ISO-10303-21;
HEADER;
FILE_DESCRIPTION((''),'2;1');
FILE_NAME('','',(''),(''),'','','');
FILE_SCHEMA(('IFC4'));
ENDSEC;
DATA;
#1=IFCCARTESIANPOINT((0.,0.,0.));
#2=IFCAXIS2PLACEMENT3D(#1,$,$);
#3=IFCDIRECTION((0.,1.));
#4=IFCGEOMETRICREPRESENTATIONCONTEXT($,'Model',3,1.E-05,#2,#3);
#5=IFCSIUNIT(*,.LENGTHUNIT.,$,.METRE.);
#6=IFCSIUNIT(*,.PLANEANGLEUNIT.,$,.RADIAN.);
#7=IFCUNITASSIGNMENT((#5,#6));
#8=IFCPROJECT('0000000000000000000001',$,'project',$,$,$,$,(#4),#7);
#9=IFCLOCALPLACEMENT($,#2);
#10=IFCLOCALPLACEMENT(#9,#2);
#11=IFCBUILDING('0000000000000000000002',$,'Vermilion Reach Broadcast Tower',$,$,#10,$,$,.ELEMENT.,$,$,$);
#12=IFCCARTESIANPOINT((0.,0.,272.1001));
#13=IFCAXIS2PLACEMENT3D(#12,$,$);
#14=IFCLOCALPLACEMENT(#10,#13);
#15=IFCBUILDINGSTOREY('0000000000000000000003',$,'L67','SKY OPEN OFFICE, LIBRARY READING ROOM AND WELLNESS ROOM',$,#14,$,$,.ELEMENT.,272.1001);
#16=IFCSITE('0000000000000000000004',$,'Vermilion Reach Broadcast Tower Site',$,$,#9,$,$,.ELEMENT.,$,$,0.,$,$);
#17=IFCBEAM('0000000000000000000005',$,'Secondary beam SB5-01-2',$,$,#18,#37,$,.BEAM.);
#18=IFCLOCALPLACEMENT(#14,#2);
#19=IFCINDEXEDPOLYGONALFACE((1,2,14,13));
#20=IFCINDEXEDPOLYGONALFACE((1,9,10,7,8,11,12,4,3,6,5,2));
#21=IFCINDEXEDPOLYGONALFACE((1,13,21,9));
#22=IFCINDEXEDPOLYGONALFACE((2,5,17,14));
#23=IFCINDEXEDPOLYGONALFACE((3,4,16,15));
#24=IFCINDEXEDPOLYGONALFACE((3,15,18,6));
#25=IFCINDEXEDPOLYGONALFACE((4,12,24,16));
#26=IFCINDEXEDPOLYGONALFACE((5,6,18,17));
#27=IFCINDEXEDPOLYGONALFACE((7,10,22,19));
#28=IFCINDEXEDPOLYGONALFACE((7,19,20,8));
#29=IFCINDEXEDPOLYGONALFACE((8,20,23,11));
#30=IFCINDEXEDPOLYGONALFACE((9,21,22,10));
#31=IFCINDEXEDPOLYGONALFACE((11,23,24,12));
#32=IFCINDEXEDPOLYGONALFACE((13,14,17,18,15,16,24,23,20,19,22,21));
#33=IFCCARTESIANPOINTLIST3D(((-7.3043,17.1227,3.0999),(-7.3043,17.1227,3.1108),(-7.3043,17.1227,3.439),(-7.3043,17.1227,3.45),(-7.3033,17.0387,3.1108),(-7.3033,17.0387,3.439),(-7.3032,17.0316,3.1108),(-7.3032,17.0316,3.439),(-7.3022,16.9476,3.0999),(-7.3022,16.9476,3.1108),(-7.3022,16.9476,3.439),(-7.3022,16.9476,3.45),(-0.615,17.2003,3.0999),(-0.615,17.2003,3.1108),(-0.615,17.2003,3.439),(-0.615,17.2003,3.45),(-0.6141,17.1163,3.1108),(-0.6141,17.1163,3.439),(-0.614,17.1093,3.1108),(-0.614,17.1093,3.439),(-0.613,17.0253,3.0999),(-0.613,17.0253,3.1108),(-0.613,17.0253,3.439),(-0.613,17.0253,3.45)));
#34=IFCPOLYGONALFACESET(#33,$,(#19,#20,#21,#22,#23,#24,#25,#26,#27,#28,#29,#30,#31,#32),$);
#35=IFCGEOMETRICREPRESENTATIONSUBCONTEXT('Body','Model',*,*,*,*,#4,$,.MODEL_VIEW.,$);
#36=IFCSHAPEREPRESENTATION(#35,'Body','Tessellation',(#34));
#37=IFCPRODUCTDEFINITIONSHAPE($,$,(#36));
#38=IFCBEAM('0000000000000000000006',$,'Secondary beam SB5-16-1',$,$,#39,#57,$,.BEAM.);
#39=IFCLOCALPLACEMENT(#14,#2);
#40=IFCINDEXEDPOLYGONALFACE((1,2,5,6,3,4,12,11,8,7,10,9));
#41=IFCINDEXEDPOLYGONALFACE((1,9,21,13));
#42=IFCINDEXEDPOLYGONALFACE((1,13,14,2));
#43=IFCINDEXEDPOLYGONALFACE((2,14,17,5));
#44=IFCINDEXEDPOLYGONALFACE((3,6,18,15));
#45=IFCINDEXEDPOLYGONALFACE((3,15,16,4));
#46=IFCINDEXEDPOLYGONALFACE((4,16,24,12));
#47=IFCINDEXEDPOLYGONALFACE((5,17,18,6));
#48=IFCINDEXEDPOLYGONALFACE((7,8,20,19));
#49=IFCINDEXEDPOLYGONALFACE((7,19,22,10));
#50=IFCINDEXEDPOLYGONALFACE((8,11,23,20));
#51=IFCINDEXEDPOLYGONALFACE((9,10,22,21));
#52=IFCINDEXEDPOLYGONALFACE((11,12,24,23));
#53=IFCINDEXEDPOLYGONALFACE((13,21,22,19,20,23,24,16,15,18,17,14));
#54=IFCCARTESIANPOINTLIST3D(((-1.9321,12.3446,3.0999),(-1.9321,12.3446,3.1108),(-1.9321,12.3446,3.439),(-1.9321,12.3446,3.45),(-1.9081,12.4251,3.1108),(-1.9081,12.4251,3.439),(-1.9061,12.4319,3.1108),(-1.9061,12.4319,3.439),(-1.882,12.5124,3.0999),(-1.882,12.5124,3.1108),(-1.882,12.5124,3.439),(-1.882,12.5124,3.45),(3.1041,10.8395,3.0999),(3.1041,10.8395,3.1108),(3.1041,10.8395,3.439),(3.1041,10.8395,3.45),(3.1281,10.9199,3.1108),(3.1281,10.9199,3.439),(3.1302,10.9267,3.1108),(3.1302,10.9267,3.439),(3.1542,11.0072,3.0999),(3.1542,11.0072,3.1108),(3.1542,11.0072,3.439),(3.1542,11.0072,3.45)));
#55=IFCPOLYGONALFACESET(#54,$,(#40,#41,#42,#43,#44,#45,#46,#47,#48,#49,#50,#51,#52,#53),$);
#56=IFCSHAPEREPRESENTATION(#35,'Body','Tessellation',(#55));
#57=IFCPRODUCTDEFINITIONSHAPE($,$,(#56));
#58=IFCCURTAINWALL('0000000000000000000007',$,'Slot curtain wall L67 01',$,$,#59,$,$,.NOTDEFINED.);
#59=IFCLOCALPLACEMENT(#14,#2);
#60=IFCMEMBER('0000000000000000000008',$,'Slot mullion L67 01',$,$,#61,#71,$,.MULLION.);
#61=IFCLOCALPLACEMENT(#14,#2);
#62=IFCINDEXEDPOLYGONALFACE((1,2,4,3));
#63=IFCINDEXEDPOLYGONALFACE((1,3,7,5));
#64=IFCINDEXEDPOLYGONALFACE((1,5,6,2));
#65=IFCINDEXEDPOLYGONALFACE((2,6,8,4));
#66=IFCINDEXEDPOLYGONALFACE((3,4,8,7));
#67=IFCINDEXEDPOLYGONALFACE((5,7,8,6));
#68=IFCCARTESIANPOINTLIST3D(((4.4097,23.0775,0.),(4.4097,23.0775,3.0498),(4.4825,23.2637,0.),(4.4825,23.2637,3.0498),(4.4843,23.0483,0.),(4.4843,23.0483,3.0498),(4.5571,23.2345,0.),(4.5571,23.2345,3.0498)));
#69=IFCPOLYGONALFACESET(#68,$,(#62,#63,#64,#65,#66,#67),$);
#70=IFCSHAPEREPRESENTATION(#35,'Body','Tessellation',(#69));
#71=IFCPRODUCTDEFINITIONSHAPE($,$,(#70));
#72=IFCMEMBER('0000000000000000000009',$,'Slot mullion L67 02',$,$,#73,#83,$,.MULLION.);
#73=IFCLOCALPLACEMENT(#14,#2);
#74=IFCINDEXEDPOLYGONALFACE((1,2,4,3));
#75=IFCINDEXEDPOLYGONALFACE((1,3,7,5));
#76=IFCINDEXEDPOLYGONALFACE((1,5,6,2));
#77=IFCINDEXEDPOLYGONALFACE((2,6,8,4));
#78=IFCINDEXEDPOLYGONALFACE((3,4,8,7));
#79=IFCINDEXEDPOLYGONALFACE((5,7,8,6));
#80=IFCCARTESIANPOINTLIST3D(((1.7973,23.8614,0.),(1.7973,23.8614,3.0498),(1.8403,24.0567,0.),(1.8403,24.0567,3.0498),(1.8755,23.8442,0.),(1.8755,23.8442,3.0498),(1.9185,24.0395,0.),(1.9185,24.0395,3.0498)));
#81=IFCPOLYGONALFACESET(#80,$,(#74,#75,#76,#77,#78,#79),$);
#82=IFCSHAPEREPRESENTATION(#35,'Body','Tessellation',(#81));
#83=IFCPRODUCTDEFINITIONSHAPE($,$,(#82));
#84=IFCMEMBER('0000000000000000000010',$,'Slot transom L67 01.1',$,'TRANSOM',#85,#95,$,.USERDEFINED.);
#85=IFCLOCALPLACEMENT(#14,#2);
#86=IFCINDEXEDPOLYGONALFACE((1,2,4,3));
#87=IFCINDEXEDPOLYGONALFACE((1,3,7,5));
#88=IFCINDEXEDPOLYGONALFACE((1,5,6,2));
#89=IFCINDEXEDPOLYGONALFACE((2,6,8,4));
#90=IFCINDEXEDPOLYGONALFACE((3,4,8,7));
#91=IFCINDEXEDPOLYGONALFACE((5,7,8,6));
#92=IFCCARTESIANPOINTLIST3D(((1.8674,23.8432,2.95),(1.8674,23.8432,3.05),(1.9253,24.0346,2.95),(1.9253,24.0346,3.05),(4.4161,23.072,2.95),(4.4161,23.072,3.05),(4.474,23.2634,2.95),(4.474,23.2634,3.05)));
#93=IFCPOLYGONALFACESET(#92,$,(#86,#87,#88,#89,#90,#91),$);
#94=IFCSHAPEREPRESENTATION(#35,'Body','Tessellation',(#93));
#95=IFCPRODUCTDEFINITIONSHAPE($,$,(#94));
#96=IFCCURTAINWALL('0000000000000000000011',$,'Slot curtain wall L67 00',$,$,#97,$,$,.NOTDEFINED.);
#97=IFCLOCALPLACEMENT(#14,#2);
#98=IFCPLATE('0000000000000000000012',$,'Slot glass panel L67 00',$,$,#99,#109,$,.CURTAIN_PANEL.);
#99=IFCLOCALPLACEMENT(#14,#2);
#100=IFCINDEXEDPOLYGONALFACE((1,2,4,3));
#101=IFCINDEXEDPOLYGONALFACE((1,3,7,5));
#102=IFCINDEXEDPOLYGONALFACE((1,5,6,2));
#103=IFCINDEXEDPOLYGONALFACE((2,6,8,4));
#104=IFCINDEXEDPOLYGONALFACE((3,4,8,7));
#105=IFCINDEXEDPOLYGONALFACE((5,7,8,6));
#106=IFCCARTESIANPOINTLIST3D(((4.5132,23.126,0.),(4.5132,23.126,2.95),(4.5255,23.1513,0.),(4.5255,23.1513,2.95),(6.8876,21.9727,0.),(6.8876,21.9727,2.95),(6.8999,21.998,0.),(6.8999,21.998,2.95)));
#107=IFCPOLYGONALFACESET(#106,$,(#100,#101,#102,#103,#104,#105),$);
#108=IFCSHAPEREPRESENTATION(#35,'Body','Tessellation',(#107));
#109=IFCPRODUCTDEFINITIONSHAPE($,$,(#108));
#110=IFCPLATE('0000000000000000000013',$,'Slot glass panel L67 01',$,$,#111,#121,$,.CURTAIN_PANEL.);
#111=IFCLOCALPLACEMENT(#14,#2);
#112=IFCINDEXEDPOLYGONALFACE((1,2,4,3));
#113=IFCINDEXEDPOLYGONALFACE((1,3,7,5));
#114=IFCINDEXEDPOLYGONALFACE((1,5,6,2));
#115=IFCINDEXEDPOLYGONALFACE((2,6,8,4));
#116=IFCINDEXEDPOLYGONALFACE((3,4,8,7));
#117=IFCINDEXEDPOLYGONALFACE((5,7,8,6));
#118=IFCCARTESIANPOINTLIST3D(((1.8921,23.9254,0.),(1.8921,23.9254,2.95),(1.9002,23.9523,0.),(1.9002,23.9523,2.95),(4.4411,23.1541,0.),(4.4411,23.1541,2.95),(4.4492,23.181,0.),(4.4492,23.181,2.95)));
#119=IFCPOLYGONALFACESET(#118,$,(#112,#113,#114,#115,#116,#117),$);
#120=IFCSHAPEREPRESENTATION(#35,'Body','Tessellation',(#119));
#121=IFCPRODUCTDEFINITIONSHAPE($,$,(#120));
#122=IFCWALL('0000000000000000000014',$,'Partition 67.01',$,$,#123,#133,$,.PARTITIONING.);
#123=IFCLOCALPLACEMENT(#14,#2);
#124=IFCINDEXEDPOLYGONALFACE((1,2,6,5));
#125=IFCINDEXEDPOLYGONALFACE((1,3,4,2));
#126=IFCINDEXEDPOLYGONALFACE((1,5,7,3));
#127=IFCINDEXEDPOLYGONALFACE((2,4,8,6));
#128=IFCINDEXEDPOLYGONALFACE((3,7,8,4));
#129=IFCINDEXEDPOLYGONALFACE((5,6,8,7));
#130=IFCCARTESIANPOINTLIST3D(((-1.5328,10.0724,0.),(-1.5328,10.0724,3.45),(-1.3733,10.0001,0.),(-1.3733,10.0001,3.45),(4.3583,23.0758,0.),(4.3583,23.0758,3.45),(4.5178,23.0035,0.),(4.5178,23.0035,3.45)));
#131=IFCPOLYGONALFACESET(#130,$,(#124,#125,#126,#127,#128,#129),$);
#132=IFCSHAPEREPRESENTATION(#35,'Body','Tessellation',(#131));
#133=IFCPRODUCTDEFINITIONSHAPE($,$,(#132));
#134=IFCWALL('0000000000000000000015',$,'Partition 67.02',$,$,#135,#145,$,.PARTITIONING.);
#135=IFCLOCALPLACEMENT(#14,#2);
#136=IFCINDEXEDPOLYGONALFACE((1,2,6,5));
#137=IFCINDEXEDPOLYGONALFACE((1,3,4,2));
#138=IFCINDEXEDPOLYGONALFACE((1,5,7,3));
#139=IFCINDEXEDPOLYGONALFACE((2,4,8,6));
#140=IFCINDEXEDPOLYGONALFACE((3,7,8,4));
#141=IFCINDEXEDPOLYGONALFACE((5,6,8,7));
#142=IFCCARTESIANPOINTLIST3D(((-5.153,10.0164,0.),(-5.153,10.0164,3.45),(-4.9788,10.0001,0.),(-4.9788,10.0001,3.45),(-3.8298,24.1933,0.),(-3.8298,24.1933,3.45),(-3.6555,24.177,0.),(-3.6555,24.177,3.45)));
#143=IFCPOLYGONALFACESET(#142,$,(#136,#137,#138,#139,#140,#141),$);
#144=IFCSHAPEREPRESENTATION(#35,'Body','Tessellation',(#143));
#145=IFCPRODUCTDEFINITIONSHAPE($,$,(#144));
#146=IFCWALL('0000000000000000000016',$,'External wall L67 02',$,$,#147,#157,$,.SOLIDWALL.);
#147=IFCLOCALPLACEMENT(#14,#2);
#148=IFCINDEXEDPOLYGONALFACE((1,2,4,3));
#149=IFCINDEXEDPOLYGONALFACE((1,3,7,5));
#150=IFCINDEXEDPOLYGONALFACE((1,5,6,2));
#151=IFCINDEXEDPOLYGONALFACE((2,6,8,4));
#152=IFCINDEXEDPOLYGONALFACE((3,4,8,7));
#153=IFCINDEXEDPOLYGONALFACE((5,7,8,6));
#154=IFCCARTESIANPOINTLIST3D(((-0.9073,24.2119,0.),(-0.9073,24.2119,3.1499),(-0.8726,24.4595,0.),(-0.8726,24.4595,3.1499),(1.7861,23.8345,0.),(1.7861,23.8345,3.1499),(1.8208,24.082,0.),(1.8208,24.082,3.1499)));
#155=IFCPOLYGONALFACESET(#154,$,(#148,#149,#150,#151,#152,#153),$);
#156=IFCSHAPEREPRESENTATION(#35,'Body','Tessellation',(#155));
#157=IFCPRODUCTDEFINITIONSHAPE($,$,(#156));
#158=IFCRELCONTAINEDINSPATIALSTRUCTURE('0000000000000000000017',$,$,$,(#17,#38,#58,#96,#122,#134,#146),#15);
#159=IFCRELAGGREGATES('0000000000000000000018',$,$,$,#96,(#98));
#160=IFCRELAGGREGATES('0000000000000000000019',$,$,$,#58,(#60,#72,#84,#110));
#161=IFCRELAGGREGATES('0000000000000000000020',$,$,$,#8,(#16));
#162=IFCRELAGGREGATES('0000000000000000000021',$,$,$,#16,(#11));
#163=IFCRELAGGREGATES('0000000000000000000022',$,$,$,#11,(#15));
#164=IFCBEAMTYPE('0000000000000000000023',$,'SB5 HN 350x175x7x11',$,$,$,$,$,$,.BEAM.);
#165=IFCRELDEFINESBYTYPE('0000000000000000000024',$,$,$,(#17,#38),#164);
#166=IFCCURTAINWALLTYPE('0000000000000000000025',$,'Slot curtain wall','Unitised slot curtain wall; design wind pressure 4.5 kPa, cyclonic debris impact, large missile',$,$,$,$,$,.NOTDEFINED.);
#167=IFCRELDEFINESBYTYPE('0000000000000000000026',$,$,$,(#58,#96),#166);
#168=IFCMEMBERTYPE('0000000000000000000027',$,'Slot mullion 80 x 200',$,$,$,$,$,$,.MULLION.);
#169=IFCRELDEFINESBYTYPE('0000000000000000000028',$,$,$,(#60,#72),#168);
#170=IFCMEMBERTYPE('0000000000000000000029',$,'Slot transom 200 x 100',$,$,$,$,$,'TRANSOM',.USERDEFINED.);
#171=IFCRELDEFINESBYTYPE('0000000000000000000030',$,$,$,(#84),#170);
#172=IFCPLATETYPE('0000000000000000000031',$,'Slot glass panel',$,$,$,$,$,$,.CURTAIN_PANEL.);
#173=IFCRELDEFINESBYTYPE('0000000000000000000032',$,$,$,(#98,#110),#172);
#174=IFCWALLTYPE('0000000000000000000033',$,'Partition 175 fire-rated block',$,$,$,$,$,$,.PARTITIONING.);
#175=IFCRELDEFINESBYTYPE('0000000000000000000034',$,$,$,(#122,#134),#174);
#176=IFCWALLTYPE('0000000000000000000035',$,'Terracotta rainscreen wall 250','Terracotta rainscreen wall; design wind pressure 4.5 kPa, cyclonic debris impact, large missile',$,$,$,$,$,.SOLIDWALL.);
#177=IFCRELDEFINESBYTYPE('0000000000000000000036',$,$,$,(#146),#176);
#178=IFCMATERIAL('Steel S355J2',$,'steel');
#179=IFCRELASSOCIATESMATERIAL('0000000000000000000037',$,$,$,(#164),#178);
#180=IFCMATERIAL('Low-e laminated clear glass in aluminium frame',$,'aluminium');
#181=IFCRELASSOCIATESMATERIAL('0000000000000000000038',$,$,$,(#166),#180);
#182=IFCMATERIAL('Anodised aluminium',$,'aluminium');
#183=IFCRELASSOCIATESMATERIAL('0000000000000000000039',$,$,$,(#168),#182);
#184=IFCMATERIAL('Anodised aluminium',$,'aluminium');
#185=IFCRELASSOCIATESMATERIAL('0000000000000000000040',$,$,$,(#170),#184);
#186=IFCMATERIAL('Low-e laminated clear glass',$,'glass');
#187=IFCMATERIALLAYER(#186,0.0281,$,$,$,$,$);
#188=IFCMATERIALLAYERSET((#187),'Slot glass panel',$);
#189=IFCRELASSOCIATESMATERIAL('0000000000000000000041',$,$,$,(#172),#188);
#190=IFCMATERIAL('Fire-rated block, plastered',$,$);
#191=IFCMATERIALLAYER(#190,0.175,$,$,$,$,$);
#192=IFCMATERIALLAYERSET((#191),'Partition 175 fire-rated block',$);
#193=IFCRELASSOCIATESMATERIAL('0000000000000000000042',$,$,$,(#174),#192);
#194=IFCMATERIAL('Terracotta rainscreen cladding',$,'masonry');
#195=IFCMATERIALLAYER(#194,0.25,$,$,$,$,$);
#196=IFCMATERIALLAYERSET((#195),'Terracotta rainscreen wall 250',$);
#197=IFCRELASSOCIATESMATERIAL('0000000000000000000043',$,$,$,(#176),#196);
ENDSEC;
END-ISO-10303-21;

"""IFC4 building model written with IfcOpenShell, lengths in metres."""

from ifc_helpers import new_model, si_unit, direction, frame, frame_2d, origin, origin_2d, place, context, subcontext, project, spatial, rectangle, i_section, extrude, material, layer, layer_set, material_profile, profile_set, type_object, element, aggregate, save


model = new_model("IFC4")

# Units and contexts
model_context = context("Model", 3, precision=1e-05, world=origin(), true_north=direction((0.0, 1.0)))
body_context = subcontext(model_context, "Body", "Model", "MODEL_VIEW")
ifc_project = project(units=[si_unit("LENGTHUNIT", "METRE"), si_unit("PLANEANGLEUNIT", "RADIAN")], contexts=[model_context])

# Site, building, storey
site_placement = place(None, origin())
site = spatial("IfcSite", under=ifc_project, at=site_placement, Name="Vermilion Reach Broadcast Tower Site", CompositionType="ELEMENT", RefElevation=0.0)
building_placement = place(site_placement, origin())
building = spatial("IfcBuilding", under=site, at=building_placement, Name="Vermilion Reach Broadcast Tower", CompositionType="ELEMENT")
storey_placement = place(building_placement, frame((0.0, 0.0, 272.1001)))
storey = spatial("IfcBuildingStorey", under=building, at=storey_placement, Name="L67", Description="SKY OPEN OFFICE, LIBRARY READING ROOM AND WELLNESS ROOM", CompositionType="ELEMENT", Elevation=272.1001)

# Beams
ifc_material_1 = material(Name="Steel S355J2", Category="steel")
ifc_material_profile_1 = material_profile(ifc_material_1, i_section(OverallWidth=0.175, OverallDepth=0.3501, WebThickness=0.0071, FlangeThickness=0.011, at=origin_2d()), Name="S355J2 HN 350x175x7x11")
ifc_profile_set_1 = profile_set([ifc_material_profile_1], Name="Steel S355J2")
beam_type_1 = type_object("IfcBeamType", Name="SB5 HN 350x175x7x11", PredefinedType="BEAM", material=ifc_profile_set_1)
beam_1_placement = place(storey_placement, frame((-0.614, 17.1128, 3.2749), z_axis=(-0.999933, -0.011605, 0.0), x_axis=(0.011605, -0.999933, 0.0)))
element("IfcBeam", 1, at=beam_1_placement, inside=storey, type_object=beam_type_1, Name="Secondary beam SB5-01-2", PredefinedType="BEAM", context=body_context, shape_type="SweptSolid", body=[
    extrude(i_section(OverallWidth=0.175, OverallDepth=0.3501, WebThickness=0.0071, FlangeThickness=0.011, at=origin_2d()), origin(), (0.0, 0.0, 1.0), 6.6897),
])
beam_2_placement = place(storey_placement, frame((3.1292, 10.9233, 3.2749), z_axis=(-0.958125, 0.286351, 0.0), x_axis=(-0.286351, -0.958125, 0.0)))
element("IfcBeam", 2, at=beam_2_placement, inside=storey, type_object=beam_type_1, Name="Secondary beam SB5-16-1", PredefinedType="BEAM", context=body_context, shape_type="SweptSolid", body=[
    extrude(i_section(OverallWidth=0.175, OverallDepth=0.3501, WebThickness=0.0071, FlangeThickness=0.011, at=origin_2d()), origin(), (0.0, 0.0, 1.0), 5.2563),
])

# Curtain wall, members
ifc_material_2 = material(Name="Low-e laminated clear glass in aluminium frame", Category="aluminium")
curtain_wall_type = type_object("IfcCurtainWallType", Name="Slot curtain wall", Description="Unitised slot curtain wall; design wind pressure 4.5 kPa, cyclonic debris impact, large missile", PredefinedType="NOTDEFINED", material=ifc_material_2)
placement = place(storey_placement, origin())
curtain_wall_1 = element("IfcCurtainWall", 3, at=placement, inside=storey, type_object=curtain_wall_type, Name="Slot curtain wall L67 01", PredefinedType="NOTDEFINED")
ifc_material_3 = material(Name="Anodised aluminium", Category="aluminium")
ifc_material_profile_2 = material_profile(ifc_material_3, rectangle(XDim=0.2, YDim=0.0801, at=origin_2d()), Name="Slot mullion 80 x 200")
ifc_profile_set_2 = profile_set([ifc_material_profile_2], Name="Anodised aluminium")
member_type_1 = type_object("IfcMemberType", Name="Slot mullion 80 x 200", PredefinedType="MULLION", material=ifc_profile_set_2)
member_1_placement = place(storey_placement, frame((4.4834, 23.156, 0.0), z_axis=(0.0, 0.0, 1.0), x_axis=(-0.364407, -0.93124, 0.0)))
member_1 = element("IfcMember", 4, at=member_1_placement, type_object=member_type_1, Name="Slot mullion L67 01", PredefinedType="MULLION", context=body_context, shape_type="SweptSolid", body=[
    extrude(rectangle(XDim=0.2, YDim=0.0801, at=origin_2d()), origin(), (0.0, 0.0, 1.0), 3.0498),
])
member_2_placement = place(storey_placement, frame((1.8579, 23.9504, 0.0), z_axis=(0.0, 0.0, 1.0), x_axis=(-0.214846, -0.976648, 0.0)))
member_2 = element("IfcMember", 5, at=member_2_placement, type_object=member_type_1, Name="Slot mullion L67 02", PredefinedType="MULLION", context=body_context, shape_type="SweptSolid", body=[
    extrude(rectangle(XDim=0.2, YDim=0.0801, at=origin_2d()), origin(), (0.0, 0.0, 1.0), 3.0498),
])
ifc_material_4 = material(Name="Anodised aluminium", Category="aluminium")
ifc_material_profile_3 = material_profile(ifc_material_4, rectangle(XDim=0.2, YDim=0.1001, at=origin_2d()), Name="Slot transom 200 x 100")
ifc_profile_set_3 = profile_set([ifc_material_profile_3], Name="Anodised aluminium")
member_type_2 = type_object("IfcMemberType", Name="Slot transom 200 x 100", ElementType="TRANSOM", PredefinedType="USERDEFINED", material=ifc_profile_set_3)
member_3_placement = place(storey_placement, frame((4.4451, 23.1677, 3.0), z_axis=(-0.957142, 0.289618, 0.0), x_axis=(-0.289618, -0.957142, 0.0)))
member_3 = element("IfcMember", 6, at=member_3_placement, type_object=member_type_2, Name="Slot transom L67 01.1", ObjectType="TRANSOM", PredefinedType="USERDEFINED", context=body_context, shape_type="SweptSolid", body=[
    extrude(rectangle(XDim=0.2, YDim=0.1001, at=origin_2d()), origin(), (0.0, 0.0, 1.0), 2.6628),
])

# Curtain wall, plate
curtain_wall_2 = element("IfcCurtainWall", 7, at=placement, inside=storey, type_object=curtain_wall_type, Name="Slot curtain wall L67 00", PredefinedType="NOTDEFINED")
ifc_material_5 = material(Name="Low-e laminated clear glass", Category="glass")
ifc_layer_1 = layer(ifc_material_5, 0.0281)
ifc_layer_set_1 = layer_set([ifc_layer_1], Name="Slot glass panel")
plate_type = type_object("IfcPlateType", Name="Slot glass panel", PredefinedType="CURTAIN_PANEL", material=ifc_layer_set_1)
plate_1_placement = place(storey_placement, frame((5.7065, 22.562, 0.0), z_axis=(0.0, 0.0, 1.0), x_axis=(-0.899506, 0.436908, 0.0)))
plate_1 = element("IfcPlate", 8, at=plate_1_placement, type_object=plate_type, Name="Slot glass panel L67 00", PredefinedType="CURTAIN_PANEL", context=body_context, shape_type="SweptSolid", body=[
    extrude(rectangle(XDim=2.6396, YDim=0.0281, at=origin_2d()), origin(), (0.0, 0.0, 1.0), 2.95),
])
aggregate(curtain_wall_2, [plate_1])

# Plate
plate_2_placement = place(storey_placement, frame((3.1707, 23.5532, 0.0), z_axis=(0.0, 0.0, 1.0), x_axis=(-0.957141, 0.289623, 0.0)))
plate_2 = element("IfcPlate", 9, at=plate_2_placement, type_object=plate_type, Name="Slot glass panel L67 01", PredefinedType="CURTAIN_PANEL", context=body_context, shape_type="SweptSolid", body=[
    extrude(rectangle(XDim=2.6631, YDim=0.0281, at=origin_2d()), origin(), (0.0, 0.0, 1.0), 2.95),
])
aggregate(curtain_wall_1, [member_1, member_2, member_3, plate_2])

# Walls
ifc_material_6 = material(Name="Fire-rated block, plastered")
ifc_layer_2 = layer(ifc_material_6, 0.175)
ifc_layer_set_2 = layer_set([ifc_layer_2], Name="Partition 175 fire-rated block")
wall_type_1 = type_object("IfcWallType", Name="Partition 175 fire-rated block", PredefinedType="PARTITIONING", material=ifc_layer_set_2)
wall_1_placement = place(storey_placement, frame((4.438, 23.0396, 0.0), z_axis=(0.0, 0.0, 1.0), x_axis=(-0.412669, -0.910881, 0.0)))
element("IfcWall", 10, at=wall_1_placement, inside=storey, type_object=wall_type_1, Name="Partition 67.01", PredefinedType="PARTITIONING", context=body_context, shape_type="SweptSolid", body=[
    extrude(rectangle(XDim=14.2756, YDim=0.175, at=frame_2d((7.1377, 0.0))), origin(), (0.0, 0.0, 1.0), 3.45),
])
wall_2_placement = place(storey_placement, frame((-3.7427, 24.1851, 0.0), z_axis=(0.0, 0.0, 1.0), x_axis=(-0.092933, -0.995672, 0.0)))
element("IfcWall", 11, at=wall_2_placement, inside=storey, type_object=wall_type_1, Name="Partition 67.02", PredefinedType="PARTITIONING", context=body_context, shape_type="SweptSolid", body=[
    extrude(rectangle(XDim=14.2385, YDim=0.175, at=frame_2d((7.1191, 0.0))), origin(), (0.0, 0.0, 1.0), 3.45),
])
ifc_material_7 = material(Name="Terracotta rainscreen cladding", Category="masonry")
ifc_layer_3 = layer(ifc_material_7, 0.25)
ifc_layer_set_3 = layer_set([ifc_layer_3], Name="Terracotta rainscreen wall 250")
wall_type_2 = type_object("IfcWallType", Name="Terracotta rainscreen wall 250", Description="Terracotta rainscreen wall; design wind pressure 4.5 kPa, cyclonic debris impact, large missile", PredefinedType="SOLIDWALL", material=ifc_layer_set_3)
wall_3_placement = place(storey_placement, frame((1.8035, 23.9583, 0.0), z_axis=(0.0, 0.0, 1.0), x_axis=(-0.990323, 0.138782, 0.0)))
element("IfcWall", 12, at=wall_3_placement, inside=storey, type_object=wall_type_2, Name="External wall L67 02", PredefinedType="SOLIDWALL", context=body_context, shape_type="SweptSolid", body=[
    extrude(rectangle(XDim=2.7197, YDim=0.25, at=frame_2d((1.3599, 0.0))), origin(), (0.0, 0.0, 1.0), 3.1499),
])

save(model, "model.ifc")
